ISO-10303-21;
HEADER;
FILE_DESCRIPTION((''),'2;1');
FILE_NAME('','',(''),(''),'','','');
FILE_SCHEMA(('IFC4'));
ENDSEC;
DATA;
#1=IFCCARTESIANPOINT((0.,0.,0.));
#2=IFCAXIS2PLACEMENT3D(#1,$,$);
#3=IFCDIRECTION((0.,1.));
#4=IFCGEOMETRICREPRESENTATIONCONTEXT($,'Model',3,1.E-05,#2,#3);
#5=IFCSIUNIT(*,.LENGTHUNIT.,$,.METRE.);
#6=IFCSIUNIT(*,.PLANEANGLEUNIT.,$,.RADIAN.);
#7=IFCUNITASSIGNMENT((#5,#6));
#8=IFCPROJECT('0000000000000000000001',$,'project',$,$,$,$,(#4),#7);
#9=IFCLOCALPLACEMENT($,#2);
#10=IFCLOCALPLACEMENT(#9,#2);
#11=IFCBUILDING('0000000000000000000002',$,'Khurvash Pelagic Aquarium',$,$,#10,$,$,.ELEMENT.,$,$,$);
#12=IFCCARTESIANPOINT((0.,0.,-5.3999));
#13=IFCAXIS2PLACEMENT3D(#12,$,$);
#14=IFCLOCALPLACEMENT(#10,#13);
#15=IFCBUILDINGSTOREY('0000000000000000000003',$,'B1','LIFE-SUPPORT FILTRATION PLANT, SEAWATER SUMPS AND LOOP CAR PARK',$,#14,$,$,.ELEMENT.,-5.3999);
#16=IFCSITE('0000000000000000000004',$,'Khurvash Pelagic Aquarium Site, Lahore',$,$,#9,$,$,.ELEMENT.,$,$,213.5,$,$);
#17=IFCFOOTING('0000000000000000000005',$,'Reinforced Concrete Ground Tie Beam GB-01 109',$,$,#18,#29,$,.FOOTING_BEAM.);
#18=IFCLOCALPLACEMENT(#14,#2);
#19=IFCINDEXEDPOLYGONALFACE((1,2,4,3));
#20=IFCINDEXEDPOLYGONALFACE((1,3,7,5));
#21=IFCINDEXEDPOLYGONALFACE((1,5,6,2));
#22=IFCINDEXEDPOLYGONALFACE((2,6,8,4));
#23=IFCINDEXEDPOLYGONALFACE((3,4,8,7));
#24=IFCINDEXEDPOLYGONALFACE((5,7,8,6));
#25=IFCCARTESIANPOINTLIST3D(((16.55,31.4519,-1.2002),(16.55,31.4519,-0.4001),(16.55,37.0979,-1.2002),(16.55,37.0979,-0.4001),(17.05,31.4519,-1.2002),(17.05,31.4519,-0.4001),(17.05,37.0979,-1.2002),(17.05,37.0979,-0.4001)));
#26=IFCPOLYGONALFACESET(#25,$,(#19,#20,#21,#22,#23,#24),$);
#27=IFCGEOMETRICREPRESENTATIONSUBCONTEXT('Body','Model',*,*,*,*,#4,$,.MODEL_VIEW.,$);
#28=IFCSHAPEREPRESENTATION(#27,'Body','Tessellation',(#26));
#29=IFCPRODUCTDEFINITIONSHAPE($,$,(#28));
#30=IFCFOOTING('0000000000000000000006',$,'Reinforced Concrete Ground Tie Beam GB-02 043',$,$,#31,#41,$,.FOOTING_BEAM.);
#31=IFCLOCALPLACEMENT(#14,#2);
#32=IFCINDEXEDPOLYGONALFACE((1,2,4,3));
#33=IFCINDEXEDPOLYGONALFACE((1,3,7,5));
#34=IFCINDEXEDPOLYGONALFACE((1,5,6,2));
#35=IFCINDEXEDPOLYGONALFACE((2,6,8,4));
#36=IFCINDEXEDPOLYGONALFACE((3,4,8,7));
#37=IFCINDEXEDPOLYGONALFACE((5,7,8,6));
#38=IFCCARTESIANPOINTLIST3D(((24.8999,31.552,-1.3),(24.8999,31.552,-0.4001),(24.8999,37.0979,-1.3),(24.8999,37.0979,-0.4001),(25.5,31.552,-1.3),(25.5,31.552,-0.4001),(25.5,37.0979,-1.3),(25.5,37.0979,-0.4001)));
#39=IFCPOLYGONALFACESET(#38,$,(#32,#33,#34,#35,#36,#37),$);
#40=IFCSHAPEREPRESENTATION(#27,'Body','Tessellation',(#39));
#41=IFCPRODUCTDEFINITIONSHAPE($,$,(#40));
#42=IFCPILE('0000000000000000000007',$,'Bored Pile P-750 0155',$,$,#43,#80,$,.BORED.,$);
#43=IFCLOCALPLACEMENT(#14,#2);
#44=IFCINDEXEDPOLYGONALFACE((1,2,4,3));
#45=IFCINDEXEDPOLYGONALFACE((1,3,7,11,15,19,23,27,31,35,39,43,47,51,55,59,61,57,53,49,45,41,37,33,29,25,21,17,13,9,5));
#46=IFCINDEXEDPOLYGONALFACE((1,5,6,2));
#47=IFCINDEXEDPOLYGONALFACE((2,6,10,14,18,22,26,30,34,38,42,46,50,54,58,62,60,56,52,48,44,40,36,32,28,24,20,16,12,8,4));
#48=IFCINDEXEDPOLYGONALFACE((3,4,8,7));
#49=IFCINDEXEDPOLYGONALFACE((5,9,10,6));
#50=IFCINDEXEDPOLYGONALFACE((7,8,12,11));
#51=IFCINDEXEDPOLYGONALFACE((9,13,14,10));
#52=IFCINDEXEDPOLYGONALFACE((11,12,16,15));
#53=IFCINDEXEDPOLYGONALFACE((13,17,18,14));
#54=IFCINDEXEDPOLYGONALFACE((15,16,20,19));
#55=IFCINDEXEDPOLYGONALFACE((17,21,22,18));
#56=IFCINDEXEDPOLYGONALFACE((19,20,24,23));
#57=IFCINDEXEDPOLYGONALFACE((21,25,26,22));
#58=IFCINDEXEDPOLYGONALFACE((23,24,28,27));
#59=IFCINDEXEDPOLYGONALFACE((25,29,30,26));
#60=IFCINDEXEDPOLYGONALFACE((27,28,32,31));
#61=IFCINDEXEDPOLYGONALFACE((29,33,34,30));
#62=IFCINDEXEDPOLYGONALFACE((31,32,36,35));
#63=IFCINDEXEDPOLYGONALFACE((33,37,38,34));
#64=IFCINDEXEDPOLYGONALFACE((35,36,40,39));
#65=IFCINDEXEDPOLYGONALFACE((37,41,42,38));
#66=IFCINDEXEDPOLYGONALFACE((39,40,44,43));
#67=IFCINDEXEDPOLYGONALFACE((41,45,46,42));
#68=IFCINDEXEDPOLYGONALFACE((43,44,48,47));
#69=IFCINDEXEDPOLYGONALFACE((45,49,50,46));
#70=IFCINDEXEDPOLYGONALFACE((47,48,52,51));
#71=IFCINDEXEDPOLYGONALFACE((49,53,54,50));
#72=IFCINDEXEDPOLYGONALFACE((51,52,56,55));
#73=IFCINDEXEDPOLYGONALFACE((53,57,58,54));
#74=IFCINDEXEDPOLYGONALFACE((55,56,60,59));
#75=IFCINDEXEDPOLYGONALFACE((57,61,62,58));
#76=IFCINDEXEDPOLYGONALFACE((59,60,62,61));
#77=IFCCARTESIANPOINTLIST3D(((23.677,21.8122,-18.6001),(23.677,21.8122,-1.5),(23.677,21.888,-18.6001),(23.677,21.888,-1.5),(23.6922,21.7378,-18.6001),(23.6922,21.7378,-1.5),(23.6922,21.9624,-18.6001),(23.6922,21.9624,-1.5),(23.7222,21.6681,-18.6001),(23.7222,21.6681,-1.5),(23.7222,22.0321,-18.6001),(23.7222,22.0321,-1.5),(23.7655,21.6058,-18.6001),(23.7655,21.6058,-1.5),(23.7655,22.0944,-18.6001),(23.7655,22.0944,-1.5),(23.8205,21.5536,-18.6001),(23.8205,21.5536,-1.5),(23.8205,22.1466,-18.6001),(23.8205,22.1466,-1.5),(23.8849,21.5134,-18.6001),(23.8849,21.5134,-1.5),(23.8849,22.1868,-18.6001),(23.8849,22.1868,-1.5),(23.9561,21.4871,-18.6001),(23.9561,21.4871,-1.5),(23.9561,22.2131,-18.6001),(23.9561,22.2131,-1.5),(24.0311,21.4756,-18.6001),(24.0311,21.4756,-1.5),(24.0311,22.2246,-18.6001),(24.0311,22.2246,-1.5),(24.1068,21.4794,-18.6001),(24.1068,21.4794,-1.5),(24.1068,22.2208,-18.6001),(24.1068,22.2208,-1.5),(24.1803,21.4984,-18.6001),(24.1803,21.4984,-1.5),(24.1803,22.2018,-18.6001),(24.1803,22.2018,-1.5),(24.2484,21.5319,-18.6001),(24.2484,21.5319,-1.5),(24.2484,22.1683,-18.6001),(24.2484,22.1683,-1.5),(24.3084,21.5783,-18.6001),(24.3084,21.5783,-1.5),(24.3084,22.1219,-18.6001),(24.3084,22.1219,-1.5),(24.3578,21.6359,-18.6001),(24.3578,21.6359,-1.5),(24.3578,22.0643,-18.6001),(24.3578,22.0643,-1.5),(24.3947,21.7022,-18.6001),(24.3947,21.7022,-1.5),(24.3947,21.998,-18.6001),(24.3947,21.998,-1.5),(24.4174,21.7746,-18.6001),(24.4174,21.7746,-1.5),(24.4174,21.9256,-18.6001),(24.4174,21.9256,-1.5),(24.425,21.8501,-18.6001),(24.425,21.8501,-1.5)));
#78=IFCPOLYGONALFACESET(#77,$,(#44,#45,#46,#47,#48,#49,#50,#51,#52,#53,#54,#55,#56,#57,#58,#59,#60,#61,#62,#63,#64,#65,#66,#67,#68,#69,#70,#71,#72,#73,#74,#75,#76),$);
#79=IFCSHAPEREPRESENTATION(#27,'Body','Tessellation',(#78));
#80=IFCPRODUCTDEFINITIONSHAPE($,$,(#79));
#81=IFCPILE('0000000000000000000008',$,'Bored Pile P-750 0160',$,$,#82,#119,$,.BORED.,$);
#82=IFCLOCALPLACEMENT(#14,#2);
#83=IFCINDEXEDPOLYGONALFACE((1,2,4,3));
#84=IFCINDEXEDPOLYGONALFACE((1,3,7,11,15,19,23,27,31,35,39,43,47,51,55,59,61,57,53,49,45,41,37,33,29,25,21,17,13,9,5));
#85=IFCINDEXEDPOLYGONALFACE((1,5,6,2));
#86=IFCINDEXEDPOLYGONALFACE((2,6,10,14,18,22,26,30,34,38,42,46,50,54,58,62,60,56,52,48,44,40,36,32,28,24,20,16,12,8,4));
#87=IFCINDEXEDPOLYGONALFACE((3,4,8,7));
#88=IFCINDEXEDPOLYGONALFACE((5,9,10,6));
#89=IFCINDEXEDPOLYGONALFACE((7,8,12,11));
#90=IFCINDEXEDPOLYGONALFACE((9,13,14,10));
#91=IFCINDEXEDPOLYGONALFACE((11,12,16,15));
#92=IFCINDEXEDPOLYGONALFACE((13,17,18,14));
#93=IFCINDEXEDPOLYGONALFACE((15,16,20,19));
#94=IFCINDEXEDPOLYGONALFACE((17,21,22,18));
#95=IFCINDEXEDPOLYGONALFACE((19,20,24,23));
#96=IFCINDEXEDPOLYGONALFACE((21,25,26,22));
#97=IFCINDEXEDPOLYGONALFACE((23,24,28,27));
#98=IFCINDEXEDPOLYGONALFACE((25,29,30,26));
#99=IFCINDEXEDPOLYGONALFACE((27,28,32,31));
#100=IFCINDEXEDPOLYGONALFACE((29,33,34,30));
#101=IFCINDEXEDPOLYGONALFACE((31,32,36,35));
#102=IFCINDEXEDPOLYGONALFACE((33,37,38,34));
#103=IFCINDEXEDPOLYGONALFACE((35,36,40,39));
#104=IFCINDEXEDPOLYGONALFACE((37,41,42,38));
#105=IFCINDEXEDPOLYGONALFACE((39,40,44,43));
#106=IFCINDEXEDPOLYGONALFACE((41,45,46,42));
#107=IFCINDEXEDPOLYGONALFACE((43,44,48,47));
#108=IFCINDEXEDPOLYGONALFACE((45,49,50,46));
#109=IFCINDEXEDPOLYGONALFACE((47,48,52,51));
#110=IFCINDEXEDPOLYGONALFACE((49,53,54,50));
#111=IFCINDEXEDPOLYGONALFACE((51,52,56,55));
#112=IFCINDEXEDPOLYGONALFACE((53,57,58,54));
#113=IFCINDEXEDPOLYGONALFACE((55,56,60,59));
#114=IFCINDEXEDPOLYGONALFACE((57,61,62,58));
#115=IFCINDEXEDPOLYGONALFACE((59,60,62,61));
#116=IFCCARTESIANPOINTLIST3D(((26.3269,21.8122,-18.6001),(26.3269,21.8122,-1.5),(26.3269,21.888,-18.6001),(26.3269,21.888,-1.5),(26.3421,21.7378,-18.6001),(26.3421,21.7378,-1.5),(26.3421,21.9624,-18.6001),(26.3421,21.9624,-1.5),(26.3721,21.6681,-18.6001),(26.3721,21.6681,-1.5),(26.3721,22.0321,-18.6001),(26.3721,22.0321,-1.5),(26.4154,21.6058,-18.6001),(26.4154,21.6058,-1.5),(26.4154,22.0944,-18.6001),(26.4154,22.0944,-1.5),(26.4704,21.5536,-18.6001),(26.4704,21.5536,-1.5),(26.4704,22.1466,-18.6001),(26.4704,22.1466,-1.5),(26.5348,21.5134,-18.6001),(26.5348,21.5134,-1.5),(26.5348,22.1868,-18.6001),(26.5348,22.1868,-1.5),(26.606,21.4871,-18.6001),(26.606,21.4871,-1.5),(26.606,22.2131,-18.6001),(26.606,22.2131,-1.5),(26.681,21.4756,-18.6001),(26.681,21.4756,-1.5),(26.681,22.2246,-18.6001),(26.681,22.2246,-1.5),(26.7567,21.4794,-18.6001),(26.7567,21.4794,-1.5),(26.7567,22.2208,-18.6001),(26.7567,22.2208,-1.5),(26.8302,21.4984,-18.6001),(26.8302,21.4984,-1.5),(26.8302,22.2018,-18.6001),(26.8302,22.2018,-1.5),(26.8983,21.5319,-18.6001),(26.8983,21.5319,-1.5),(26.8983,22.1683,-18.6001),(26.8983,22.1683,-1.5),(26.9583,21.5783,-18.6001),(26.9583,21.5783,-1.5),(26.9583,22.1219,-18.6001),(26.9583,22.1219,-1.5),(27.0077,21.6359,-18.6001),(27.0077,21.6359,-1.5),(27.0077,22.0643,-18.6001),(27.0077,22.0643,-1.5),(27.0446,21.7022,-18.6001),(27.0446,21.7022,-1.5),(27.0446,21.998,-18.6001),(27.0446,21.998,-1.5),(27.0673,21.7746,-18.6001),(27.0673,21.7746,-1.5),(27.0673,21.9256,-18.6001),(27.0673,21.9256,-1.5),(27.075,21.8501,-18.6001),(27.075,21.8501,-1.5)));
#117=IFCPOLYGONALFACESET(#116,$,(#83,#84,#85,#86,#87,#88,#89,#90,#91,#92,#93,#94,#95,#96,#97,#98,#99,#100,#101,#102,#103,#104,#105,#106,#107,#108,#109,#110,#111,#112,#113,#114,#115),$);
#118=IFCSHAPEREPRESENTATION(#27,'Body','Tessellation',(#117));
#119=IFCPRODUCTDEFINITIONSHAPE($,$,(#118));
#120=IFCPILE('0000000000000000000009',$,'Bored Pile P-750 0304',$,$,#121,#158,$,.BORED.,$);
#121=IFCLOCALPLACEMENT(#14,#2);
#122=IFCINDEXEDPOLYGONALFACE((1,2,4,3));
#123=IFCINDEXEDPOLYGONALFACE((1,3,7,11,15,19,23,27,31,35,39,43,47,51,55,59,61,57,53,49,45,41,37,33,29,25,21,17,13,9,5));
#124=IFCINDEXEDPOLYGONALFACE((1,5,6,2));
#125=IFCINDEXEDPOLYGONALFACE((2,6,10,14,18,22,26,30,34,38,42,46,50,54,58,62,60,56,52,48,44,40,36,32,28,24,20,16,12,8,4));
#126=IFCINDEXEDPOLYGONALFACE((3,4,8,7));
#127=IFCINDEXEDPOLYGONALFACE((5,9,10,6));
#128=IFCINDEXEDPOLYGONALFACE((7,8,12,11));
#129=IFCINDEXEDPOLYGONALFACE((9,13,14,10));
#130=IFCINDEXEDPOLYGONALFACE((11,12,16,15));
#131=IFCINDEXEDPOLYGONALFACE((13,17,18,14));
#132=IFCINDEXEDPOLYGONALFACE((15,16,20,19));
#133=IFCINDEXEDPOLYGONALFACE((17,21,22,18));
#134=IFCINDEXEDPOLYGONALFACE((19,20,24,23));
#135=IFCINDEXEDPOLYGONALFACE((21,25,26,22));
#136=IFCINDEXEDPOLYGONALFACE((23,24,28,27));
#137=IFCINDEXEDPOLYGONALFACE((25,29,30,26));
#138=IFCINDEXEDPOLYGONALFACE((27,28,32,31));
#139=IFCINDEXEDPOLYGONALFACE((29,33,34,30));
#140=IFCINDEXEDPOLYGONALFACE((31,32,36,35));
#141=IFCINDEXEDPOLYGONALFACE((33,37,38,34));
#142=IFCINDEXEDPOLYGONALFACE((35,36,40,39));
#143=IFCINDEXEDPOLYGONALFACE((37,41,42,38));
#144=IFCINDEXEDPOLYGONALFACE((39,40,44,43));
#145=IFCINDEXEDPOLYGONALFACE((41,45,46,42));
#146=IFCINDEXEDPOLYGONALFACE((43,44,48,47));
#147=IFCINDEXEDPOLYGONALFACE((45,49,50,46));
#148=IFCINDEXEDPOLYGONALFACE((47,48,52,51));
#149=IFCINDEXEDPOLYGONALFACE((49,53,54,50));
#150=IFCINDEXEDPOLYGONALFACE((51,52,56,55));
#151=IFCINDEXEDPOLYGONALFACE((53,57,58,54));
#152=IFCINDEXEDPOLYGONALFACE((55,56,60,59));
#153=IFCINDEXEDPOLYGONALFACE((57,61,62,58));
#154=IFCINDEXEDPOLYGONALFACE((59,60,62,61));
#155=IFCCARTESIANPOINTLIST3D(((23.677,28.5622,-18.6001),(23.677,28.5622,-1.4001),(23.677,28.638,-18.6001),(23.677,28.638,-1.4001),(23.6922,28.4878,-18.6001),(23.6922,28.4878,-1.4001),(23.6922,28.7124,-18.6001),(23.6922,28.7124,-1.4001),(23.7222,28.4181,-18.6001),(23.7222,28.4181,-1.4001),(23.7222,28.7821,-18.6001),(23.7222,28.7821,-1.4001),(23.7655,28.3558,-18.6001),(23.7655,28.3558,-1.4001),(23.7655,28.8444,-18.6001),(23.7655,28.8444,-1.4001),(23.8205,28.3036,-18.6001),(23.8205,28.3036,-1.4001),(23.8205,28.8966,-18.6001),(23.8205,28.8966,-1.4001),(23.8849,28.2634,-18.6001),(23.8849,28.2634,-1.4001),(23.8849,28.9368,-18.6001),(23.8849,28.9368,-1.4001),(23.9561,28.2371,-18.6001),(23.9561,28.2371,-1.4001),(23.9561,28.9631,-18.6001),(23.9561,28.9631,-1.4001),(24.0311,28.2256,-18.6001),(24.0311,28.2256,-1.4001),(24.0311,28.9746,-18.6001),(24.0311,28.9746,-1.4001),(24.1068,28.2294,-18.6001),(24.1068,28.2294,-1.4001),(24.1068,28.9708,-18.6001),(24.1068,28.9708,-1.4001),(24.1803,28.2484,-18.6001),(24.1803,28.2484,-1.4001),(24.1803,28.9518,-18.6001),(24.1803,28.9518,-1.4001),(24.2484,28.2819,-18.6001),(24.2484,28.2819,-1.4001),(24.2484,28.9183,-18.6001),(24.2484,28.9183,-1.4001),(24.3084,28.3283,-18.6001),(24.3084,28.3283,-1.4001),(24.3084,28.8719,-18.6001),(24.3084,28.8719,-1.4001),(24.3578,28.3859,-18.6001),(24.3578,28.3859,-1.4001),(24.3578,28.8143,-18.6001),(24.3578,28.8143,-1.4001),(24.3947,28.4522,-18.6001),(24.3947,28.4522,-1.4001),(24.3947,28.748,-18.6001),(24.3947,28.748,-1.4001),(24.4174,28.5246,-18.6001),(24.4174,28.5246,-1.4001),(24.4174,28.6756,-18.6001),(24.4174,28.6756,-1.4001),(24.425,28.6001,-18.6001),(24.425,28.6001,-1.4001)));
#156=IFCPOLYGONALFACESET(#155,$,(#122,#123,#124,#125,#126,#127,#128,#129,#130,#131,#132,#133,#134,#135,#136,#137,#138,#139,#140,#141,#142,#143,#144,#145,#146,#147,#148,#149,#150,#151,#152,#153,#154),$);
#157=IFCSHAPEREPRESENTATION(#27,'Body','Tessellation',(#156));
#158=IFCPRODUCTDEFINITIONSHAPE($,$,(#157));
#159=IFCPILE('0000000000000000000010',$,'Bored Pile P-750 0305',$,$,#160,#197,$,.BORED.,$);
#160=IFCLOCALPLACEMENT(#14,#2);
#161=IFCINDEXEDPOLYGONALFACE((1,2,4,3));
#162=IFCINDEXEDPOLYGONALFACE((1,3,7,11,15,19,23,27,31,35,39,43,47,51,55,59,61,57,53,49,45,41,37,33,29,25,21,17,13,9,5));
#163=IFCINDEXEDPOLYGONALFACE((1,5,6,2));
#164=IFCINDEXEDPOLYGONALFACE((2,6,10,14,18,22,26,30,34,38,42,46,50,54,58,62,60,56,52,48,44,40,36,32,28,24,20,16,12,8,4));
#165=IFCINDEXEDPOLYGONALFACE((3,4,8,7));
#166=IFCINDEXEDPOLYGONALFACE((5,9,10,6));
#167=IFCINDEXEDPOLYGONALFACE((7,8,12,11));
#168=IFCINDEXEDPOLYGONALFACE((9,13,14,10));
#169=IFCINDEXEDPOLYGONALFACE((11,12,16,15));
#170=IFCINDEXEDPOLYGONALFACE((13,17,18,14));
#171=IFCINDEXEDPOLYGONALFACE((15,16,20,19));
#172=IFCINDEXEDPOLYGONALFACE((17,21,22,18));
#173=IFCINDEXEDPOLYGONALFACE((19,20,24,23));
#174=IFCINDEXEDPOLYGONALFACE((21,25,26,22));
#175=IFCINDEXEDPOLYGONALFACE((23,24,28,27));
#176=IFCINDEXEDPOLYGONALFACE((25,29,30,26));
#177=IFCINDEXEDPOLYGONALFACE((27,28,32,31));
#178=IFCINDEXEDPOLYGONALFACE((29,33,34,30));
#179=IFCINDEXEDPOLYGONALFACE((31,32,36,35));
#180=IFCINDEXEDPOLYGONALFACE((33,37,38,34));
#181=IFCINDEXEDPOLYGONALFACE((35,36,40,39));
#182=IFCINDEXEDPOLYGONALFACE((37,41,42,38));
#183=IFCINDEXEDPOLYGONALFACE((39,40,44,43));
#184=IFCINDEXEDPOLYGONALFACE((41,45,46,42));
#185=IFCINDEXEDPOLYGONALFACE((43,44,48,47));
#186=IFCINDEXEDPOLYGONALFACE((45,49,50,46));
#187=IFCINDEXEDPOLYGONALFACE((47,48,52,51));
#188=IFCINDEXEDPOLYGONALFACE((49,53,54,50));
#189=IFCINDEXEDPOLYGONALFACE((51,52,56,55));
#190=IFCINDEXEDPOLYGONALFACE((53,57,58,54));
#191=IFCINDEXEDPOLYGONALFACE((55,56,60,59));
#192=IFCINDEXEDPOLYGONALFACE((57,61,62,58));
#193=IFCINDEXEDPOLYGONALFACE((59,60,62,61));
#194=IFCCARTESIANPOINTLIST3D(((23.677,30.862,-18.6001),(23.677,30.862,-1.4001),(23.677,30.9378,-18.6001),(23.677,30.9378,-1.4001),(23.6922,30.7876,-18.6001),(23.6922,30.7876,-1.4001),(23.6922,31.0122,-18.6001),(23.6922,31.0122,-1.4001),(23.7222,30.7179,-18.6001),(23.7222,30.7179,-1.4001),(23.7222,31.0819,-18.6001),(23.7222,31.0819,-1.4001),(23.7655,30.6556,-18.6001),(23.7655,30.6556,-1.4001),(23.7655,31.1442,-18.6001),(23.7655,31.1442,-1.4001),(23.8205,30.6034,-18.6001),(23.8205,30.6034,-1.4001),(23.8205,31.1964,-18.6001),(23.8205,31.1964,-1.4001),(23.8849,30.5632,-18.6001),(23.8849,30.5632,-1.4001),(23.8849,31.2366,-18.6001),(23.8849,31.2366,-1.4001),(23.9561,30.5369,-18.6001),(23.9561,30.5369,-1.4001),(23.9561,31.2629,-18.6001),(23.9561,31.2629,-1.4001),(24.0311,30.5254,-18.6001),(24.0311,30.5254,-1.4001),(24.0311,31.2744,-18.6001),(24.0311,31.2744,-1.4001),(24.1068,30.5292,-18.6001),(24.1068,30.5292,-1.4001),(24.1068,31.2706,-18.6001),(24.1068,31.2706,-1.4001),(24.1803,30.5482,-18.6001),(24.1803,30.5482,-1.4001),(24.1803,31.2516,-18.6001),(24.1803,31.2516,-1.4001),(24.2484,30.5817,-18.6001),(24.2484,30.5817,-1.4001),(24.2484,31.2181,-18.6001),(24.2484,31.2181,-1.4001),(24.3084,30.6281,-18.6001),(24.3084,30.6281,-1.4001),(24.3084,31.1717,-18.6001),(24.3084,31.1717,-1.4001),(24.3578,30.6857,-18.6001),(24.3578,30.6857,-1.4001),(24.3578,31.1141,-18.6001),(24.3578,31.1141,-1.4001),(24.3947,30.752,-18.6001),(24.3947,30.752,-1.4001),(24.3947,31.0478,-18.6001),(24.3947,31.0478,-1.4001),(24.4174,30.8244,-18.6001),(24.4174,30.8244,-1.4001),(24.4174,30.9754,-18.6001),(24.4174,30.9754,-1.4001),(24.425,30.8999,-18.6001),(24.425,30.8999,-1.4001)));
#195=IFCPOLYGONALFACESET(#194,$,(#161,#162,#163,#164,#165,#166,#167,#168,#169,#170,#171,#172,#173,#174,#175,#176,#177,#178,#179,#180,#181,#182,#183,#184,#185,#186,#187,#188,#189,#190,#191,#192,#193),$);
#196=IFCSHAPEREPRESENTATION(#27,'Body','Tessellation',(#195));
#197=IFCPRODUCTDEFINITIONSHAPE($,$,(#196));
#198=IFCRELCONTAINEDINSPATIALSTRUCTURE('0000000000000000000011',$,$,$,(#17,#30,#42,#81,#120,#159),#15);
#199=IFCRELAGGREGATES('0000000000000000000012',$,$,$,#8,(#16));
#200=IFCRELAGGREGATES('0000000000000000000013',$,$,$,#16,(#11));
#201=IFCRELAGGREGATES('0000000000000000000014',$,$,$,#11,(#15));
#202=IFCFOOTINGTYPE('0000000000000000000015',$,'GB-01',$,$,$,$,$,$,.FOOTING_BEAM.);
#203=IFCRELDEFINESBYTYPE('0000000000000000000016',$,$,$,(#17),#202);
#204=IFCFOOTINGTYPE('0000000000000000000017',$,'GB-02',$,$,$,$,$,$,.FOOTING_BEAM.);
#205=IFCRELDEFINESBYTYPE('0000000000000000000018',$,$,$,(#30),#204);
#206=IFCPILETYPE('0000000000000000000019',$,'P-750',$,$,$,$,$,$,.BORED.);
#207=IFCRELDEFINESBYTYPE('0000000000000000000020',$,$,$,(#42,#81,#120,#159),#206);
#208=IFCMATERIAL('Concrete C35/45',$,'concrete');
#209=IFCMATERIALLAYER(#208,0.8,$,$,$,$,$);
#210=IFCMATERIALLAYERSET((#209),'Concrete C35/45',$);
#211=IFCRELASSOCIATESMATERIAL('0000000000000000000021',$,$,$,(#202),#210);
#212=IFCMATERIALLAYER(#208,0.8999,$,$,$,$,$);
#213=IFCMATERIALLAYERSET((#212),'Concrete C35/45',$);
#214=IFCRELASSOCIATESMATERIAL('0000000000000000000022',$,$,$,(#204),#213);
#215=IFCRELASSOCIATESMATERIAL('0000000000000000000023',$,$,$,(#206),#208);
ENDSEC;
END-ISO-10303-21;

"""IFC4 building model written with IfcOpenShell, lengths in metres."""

from ifc_helpers import new_model, si_unit, direction, frame, origin, origin_2d, place, context, subcontext, project, spatial, rectangle, circle, extrude, material, layer, layer_set, material_profile, profile_set, type_object, element, save


model = new_model("IFC4")

# Units and contexts
model_context = context("Model", 3, precision=1e-05, world=origin(), true_north=direction((0.0, 1.0)))
body_context = subcontext(model_context, "Body", "Model", "MODEL_VIEW")
ifc_project = project(units=[si_unit("LENGTHUNIT", "METRE"), si_unit("PLANEANGLEUNIT", "RADIAN")], contexts=[model_context])

# Site, building, storey
site_placement = place(None, origin())
site = spatial("IfcSite", under=ifc_project, at=site_placement, Name="Khurvash Pelagic Aquarium Site, Lahore", CompositionType="ELEMENT", RefElevation=213.5)
building_placement = place(site_placement, origin())
building = spatial("IfcBuilding", under=site, at=building_placement, Name="Khurvash Pelagic Aquarium", CompositionType="ELEMENT")
storey_placement = place(building_placement, frame((0.0, 0.0, -5.3999)))
storey = spatial("IfcBuildingStorey", under=building, at=storey_placement, Name="B1", Description="LIFE-SUPPORT FILTRATION PLANT, SEAWATER SUMPS AND LOOP CAR PARK", CompositionType="ELEMENT", Elevation=-5.3999)

# Footings
ifc_material_1 = material(Name="Concrete C35/45", Category="concrete")
ifc_layer_1 = layer(ifc_material_1, 0.8)
ifc_layer_set_1 = layer_set([ifc_layer_1], Name="Concrete C35/45")
footing_type_1 = type_object("IfcFootingType", Name="GB-01", PredefinedType="FOOTING_BEAM", material=ifc_layer_set_1)
footing_1_placement = place(storey_placement, frame((16.8, 34.2749, -1.2002), z_axis=(0.0, 0.0, 1.0), x_axis=(0.0, 1.0, 0.0)))
element("IfcFooting", 1, at=footing_1_placement, inside=storey, type_object=footing_type_1, Name="Reinforced Concrete Ground Tie Beam GB-01 109", PredefinedType="FOOTING_BEAM", context=body_context, shape_type="SweptSolid", body=[
    extrude(rectangle(XDim=5.646, YDim=0.5, at=origin_2d()), origin(), (0.0, 0.0, 1.0), 0.8),
])
ifc_layer_2 = layer(ifc_material_1, 0.8999)
ifc_layer_set_2 = layer_set([ifc_layer_2], Name="Concrete C35/45")
footing_type_2 = type_object("IfcFootingType", Name="GB-02", PredefinedType="FOOTING_BEAM", material=ifc_layer_set_2)
footing_2_placement = place(storey_placement, frame((25.2, 34.325, -1.3), z_axis=(0.0, 0.0, 1.0), x_axis=(0.0, 1.0, 0.0)))
element("IfcFooting", 2, at=footing_2_placement, inside=storey, type_object=footing_type_2, Name="Reinforced Concrete Ground Tie Beam GB-02 043", PredefinedType="FOOTING_BEAM", context=body_context, shape_type="SweptSolid", body=[
    extrude(rectangle(XDim=5.5459, YDim=0.6001, at=origin_2d()), origin(), (0.0, 0.0, 1.0), 0.8999),
])

# Piles
ifc_material_profile_1 = material_profile(ifc_material_1, circle(Radius=0.375, at=origin_2d()), Name="PILE750")
ifc_profile_set_1 = profile_set([ifc_material_profile_1], Name="Concrete C35/45")
pile_type = type_object("IfcPileType", Name="P-750", PredefinedType="BORED", material=ifc_profile_set_1)
for number, where, z_axis, x_axis, name in (
    (3, (24.05, 21.8501, -1.5), (0.0, 0.0, -1.0), (1.0, 0.0, 0.0), "Bored Pile P-750 0155"),
    (4, (26.7, 21.8501, -1.5), (0.0, 0.0, -1.0), (1.0, 0.0, 0.0), "Bored Pile P-750 0160"),
):
    element("IfcPile", number, at=place(storey_placement, frame(where, z_axis=z_axis, x_axis=x_axis)), inside=storey, type_object=pile_type, Name=name, PredefinedType="BORED", context=body_context, shape_type="SweptSolid", body=[
        extrude(circle(Radius=0.375, at=origin_2d()), origin(), (0.0, 0.0, 1.0), 17.1001),
    ])
for number, where, z_axis, x_axis, name in (
    (5, (24.05, 28.6001, -1.4001), (0.0, 0.0, -1.0), (1.0, 0.0, 0.0), "Bored Pile P-750 0304"),
    (6, (24.05, 30.8999, -1.4001), (0.0, 0.0, -1.0), (1.0, 0.0, 0.0), "Bored Pile P-750 0305"),
):
    element("IfcPile", number, at=place(storey_placement, frame(where, z_axis=z_axis, x_axis=x_axis)), inside=storey, type_object=pile_type, Name=name, PredefinedType="BORED", context=body_context, shape_type="SweptSolid", body=[
        extrude(circle(Radius=0.375, at=origin_2d()), origin(), (0.0, 0.0, 1.0), 17.2),
    ])

save(model, "model.ifc")
